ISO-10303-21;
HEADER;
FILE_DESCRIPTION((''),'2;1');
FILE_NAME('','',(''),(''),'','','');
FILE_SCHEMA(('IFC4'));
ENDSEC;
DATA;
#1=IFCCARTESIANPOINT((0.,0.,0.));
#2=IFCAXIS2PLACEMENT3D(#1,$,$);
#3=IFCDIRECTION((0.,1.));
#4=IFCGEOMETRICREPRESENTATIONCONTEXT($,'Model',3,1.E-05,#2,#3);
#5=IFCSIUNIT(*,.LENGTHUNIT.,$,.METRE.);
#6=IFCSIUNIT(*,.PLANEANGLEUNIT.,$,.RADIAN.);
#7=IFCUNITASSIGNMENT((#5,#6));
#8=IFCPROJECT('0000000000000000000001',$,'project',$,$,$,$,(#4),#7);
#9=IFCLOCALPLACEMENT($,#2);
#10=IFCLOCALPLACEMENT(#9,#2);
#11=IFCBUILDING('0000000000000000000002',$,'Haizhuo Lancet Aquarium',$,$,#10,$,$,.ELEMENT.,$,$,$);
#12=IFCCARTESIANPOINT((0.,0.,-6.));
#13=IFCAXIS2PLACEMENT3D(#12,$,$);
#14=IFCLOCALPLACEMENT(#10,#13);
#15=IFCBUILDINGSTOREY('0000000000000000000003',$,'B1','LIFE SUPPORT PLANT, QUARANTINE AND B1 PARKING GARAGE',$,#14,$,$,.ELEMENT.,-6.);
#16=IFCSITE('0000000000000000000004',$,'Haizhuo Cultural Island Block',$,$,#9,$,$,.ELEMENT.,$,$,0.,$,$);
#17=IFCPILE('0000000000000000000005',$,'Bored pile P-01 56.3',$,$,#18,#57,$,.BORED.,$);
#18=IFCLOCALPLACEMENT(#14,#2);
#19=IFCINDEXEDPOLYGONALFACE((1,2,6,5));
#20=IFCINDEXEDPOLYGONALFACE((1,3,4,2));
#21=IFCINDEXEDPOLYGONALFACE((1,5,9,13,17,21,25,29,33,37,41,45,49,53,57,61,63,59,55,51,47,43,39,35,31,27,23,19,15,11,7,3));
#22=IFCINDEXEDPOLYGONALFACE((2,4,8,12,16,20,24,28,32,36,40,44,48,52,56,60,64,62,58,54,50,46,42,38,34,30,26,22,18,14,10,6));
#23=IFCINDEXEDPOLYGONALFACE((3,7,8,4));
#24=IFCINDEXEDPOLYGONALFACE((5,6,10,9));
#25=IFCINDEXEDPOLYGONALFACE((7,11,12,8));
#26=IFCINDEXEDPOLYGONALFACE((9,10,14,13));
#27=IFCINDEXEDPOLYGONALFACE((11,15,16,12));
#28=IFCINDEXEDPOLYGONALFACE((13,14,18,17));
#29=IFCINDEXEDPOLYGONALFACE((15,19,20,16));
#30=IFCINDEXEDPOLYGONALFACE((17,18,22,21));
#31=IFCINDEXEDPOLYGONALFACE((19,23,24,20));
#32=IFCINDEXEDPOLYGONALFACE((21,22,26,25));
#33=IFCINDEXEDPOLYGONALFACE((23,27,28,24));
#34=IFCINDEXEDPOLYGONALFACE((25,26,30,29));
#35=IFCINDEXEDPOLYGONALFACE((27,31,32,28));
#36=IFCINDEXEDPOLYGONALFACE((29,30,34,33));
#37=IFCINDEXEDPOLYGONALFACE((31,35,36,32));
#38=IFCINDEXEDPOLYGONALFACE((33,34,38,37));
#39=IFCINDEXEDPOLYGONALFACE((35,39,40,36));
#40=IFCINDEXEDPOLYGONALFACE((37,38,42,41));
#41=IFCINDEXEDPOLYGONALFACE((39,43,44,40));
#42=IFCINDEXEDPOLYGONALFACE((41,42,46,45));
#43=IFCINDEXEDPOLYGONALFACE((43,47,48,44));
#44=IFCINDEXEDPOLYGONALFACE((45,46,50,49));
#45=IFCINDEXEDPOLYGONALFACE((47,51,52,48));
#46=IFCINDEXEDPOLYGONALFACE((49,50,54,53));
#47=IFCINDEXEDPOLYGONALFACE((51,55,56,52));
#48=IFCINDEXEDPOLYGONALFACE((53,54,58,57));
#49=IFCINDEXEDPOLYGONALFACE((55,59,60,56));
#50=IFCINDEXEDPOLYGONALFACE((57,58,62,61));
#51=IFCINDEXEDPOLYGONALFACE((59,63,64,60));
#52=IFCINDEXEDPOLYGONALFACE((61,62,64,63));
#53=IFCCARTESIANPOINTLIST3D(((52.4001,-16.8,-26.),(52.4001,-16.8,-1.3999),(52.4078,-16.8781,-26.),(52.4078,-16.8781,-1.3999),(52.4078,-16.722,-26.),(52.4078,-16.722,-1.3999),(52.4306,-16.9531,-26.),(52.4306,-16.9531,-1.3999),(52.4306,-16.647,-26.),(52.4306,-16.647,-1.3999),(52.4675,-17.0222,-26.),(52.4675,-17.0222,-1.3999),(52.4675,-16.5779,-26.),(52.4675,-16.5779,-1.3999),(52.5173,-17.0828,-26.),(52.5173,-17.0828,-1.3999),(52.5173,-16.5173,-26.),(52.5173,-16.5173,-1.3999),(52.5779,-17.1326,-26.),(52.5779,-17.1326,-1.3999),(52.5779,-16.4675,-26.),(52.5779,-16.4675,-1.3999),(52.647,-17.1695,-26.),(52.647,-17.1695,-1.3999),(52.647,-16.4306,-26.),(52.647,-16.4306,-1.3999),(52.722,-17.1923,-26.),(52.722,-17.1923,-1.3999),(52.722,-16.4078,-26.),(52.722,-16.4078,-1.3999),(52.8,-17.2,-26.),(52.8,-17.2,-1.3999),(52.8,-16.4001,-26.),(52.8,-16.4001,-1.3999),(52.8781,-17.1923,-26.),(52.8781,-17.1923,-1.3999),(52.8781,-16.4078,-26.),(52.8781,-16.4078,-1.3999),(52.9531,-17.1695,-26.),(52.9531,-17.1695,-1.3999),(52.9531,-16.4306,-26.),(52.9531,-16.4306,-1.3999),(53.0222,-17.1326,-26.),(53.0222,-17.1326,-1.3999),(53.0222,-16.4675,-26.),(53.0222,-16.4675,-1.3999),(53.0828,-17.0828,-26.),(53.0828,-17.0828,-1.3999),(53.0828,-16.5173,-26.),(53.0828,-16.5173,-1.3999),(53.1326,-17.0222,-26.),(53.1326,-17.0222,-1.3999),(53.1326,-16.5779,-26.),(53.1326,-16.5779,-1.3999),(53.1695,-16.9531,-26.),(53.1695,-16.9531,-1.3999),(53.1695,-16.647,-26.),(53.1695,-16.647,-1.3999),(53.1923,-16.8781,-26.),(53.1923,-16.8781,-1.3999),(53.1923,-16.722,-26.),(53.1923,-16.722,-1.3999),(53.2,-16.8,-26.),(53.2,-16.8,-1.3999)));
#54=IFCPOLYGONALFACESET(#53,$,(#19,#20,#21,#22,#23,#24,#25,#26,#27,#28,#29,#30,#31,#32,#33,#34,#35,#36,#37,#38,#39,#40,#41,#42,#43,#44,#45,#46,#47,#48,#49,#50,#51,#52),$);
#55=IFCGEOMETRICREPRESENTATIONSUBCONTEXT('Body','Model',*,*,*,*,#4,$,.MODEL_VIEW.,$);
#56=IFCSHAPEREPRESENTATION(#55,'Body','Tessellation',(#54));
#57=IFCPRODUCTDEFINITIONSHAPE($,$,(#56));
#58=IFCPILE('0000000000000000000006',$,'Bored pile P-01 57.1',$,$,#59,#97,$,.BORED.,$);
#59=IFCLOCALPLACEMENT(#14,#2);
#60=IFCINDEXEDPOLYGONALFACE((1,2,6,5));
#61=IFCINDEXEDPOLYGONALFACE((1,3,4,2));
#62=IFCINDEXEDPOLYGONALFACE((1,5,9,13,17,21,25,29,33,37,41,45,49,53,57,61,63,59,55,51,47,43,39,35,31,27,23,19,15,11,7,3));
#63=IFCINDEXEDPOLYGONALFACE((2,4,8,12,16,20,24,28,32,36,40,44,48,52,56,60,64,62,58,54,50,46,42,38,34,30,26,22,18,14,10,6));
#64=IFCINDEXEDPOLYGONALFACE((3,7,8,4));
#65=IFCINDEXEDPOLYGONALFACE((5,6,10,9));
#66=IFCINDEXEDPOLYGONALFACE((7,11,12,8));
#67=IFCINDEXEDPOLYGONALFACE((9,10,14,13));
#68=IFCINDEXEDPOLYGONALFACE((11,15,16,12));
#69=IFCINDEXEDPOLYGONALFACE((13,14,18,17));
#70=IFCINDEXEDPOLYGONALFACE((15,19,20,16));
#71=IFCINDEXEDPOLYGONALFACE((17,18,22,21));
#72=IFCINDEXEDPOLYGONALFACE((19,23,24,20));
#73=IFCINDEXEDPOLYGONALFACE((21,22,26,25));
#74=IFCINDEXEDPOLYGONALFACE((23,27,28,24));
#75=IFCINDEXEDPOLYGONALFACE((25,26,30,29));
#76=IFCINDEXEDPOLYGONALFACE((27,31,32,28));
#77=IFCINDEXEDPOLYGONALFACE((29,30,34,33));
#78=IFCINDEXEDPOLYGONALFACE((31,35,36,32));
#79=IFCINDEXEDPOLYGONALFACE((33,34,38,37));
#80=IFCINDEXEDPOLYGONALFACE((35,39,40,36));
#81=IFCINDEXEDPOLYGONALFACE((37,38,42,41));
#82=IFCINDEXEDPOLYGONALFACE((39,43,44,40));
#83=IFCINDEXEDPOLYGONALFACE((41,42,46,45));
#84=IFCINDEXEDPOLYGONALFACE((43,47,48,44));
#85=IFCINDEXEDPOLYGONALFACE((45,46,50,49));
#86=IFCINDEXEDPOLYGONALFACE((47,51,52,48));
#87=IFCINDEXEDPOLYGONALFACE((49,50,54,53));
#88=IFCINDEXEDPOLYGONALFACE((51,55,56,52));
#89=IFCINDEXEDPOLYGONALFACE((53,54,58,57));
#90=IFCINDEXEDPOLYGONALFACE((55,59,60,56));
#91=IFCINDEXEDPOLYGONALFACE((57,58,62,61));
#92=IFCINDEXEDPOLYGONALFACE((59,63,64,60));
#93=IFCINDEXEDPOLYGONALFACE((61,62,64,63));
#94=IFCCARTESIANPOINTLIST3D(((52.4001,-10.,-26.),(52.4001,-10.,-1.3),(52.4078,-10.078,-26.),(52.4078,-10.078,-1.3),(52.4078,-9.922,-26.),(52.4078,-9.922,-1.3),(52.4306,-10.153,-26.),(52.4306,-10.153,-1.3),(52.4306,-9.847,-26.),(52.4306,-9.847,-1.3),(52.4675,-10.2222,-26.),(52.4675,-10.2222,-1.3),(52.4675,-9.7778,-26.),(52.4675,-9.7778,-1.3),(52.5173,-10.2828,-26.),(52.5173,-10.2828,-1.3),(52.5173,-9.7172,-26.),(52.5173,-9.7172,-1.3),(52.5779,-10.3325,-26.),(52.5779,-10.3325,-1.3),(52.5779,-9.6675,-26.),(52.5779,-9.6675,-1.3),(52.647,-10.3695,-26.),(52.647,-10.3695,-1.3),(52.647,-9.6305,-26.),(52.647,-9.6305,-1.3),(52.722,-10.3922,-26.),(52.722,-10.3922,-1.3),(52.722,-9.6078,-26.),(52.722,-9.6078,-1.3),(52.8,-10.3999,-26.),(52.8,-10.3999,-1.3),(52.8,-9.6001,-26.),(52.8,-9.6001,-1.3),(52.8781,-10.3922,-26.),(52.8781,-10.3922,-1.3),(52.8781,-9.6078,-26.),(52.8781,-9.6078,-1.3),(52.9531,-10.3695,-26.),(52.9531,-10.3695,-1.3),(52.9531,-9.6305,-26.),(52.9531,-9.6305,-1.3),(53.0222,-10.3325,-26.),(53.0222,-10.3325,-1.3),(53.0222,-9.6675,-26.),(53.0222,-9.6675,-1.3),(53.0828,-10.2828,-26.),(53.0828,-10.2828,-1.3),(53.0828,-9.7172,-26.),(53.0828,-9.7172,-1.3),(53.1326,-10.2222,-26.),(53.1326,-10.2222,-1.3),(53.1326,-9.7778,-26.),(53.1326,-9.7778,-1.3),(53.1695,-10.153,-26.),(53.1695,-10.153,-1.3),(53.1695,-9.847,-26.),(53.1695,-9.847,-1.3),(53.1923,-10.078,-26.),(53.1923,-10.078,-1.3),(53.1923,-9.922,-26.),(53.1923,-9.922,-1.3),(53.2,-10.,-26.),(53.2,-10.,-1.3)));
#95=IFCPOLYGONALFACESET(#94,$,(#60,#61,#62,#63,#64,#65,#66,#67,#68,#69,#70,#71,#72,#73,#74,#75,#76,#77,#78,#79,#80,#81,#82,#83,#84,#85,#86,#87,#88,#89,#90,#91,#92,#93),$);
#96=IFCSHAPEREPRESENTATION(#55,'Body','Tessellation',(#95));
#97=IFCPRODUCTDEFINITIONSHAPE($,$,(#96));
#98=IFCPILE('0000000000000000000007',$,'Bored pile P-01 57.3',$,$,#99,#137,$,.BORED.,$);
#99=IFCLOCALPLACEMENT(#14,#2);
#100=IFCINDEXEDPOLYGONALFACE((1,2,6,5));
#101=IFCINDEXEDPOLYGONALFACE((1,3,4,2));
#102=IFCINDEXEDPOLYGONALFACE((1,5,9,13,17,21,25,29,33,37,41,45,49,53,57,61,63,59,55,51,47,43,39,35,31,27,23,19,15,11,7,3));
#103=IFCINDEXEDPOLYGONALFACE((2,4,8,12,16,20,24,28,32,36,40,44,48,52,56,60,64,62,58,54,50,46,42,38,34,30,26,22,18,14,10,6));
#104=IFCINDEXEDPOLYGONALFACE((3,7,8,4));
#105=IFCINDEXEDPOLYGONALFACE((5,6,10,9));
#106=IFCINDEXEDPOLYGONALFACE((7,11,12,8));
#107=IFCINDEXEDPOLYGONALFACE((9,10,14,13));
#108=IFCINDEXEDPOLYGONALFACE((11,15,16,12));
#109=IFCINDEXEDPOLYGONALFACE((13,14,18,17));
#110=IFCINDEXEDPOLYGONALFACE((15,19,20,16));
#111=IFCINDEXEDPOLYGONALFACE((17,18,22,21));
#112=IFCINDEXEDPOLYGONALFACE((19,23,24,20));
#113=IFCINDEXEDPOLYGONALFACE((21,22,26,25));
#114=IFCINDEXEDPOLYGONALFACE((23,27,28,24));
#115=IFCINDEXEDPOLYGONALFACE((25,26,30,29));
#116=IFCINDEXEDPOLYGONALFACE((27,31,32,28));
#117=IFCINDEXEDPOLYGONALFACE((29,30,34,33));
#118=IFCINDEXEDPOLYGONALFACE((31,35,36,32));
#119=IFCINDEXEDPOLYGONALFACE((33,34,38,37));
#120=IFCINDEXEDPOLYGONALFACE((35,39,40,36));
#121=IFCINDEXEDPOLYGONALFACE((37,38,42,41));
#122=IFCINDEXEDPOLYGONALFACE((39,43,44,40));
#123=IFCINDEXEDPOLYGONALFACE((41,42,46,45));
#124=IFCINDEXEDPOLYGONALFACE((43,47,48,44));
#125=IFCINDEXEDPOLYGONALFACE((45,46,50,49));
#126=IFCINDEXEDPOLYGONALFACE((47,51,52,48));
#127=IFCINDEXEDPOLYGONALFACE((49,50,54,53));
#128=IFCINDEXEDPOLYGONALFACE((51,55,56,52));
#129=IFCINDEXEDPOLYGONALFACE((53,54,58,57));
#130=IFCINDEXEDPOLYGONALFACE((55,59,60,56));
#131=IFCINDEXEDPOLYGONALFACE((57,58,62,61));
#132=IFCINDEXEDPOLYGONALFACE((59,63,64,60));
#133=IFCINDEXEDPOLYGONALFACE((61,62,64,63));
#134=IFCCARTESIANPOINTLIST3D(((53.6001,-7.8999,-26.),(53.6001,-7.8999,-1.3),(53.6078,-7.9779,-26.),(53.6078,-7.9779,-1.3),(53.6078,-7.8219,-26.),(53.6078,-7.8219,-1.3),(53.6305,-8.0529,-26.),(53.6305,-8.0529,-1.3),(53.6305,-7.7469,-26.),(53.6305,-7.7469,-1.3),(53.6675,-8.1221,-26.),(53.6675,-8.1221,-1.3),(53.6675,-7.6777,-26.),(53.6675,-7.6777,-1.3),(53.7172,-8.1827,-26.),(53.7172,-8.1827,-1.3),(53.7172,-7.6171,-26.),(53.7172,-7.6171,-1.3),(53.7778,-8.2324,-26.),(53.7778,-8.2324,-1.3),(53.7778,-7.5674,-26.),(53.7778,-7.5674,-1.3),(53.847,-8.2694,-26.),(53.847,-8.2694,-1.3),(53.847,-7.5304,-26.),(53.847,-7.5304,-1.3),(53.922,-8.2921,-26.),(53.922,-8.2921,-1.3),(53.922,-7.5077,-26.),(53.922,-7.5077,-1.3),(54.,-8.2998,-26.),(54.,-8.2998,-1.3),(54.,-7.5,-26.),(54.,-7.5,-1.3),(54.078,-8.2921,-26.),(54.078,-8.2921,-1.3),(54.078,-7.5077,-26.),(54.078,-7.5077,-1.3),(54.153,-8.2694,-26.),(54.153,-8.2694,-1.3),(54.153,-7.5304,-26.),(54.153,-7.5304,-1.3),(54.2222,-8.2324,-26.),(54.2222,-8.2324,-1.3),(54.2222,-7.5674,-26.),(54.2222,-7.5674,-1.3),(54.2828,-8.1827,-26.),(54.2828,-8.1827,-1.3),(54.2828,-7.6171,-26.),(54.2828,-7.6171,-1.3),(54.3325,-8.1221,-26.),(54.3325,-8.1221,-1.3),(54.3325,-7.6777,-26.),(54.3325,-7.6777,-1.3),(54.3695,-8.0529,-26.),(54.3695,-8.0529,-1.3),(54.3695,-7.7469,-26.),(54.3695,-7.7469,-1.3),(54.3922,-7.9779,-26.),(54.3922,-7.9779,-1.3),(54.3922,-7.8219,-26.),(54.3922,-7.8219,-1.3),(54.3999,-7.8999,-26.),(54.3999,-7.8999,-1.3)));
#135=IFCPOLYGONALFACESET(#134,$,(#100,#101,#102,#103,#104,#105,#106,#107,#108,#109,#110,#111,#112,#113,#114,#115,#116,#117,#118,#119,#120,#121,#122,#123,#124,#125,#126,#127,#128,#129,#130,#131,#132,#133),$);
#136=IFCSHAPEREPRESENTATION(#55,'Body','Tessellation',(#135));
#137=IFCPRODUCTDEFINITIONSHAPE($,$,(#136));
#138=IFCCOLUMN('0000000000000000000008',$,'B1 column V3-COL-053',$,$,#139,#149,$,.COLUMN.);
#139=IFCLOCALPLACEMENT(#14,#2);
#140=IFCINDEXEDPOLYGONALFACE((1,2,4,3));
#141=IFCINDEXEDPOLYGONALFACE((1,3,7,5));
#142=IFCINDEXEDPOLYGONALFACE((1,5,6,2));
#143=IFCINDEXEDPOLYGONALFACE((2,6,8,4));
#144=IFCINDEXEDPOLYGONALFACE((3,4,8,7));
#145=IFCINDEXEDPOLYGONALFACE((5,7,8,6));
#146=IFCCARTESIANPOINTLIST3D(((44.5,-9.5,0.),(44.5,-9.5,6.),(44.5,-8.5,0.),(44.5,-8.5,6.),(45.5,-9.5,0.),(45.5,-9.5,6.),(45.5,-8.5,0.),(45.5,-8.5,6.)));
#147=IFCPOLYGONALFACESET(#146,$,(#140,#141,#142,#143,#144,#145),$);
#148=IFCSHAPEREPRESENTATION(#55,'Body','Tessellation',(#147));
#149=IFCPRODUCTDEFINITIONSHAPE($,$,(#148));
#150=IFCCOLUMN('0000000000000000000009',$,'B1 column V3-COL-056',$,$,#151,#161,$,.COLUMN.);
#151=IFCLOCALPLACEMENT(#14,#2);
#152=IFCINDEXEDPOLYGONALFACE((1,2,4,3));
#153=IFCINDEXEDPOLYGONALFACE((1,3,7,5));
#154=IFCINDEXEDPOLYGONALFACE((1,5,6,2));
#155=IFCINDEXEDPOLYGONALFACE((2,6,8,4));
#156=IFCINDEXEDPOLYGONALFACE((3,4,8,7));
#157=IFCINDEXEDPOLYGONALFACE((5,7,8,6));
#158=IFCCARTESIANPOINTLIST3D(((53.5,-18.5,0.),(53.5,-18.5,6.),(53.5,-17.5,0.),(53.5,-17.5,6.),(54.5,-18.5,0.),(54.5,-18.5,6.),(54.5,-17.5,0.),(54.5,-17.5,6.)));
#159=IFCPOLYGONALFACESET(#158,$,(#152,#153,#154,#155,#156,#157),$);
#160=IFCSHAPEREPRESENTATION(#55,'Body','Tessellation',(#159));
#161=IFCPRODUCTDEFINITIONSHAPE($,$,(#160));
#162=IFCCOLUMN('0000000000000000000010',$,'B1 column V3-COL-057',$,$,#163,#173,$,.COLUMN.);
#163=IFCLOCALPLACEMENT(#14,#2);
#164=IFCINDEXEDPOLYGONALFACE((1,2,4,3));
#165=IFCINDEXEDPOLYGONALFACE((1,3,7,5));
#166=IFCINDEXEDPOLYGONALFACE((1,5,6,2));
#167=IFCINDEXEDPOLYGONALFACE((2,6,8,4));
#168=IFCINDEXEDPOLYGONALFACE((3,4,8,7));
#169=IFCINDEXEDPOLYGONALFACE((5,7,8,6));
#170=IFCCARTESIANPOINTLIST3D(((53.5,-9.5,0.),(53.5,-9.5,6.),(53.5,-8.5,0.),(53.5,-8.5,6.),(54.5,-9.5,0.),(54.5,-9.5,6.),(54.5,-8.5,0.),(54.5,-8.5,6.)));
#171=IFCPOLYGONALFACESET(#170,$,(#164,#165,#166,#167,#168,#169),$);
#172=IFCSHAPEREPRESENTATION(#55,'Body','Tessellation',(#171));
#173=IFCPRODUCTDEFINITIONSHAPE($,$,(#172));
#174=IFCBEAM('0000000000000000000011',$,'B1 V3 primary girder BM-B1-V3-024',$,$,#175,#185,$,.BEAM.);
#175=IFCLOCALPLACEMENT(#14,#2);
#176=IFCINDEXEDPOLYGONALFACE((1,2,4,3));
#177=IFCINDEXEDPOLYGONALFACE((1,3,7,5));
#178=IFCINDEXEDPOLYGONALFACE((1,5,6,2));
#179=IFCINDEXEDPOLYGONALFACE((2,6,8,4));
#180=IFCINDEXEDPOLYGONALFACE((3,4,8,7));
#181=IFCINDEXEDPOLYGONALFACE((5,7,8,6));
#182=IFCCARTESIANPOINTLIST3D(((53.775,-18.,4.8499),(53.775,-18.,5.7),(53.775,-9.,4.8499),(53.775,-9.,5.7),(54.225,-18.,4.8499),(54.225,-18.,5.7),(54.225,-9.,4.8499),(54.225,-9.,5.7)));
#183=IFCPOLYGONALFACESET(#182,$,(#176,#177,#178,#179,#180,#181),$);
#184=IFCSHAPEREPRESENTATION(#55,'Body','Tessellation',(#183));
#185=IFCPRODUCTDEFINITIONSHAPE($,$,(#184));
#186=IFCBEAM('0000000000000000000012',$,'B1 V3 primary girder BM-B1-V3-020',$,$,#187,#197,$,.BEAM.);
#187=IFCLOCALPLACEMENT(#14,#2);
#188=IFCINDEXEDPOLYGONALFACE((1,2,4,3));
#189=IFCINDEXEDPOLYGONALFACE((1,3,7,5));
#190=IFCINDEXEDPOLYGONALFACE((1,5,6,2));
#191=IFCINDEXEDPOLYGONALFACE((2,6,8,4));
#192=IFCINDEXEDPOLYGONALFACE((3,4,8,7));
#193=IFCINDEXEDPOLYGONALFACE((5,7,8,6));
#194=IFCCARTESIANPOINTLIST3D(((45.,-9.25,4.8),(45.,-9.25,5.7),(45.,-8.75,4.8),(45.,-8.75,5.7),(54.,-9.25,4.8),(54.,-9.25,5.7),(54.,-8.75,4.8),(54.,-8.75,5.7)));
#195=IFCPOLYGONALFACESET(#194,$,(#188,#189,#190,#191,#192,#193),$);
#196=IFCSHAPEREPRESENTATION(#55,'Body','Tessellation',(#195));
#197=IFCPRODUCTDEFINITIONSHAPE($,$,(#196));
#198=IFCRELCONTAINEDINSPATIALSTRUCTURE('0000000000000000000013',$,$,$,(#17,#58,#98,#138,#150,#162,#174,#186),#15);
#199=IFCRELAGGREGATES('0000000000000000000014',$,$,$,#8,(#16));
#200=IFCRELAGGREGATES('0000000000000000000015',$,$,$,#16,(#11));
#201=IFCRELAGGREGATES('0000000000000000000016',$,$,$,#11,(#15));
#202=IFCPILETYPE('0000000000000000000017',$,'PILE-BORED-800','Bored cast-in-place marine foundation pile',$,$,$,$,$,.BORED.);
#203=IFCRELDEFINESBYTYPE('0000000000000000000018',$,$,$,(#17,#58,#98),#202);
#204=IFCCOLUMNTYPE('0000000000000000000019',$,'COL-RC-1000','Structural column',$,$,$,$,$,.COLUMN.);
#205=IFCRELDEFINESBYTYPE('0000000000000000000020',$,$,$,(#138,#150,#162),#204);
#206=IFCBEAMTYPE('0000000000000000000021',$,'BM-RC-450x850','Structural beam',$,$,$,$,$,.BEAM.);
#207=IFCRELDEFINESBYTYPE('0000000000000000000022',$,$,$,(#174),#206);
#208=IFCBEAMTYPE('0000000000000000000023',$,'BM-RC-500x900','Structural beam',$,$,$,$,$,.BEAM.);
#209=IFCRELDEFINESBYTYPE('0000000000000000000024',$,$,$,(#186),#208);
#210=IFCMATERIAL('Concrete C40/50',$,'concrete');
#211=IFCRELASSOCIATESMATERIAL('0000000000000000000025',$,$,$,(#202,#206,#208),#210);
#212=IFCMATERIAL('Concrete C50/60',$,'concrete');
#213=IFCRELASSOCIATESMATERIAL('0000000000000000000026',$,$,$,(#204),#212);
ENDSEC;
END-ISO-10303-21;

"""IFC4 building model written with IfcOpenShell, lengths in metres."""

from ifc_helpers import new_model, si_unit, direction, frame, origin, origin_2d, place, context, subcontext, project, spatial, rectangle, circle, extrude, material, material_profile, profile_set, type_object, element, save


model = new_model("IFC4")

# Units and contexts
model_context = context("Model", 3, precision=1e-05, world=origin(), true_north=direction((0.0, 1.0)))
body_context = subcontext(model_context, "Body", "Model", "MODEL_VIEW")
ifc_project = project(units=[si_unit("LENGTHUNIT", "METRE"), si_unit("PLANEANGLEUNIT", "RADIAN")], contexts=[model_context])

# Site, building, storey
site_placement = place(None, origin())
site = spatial("IfcSite", under=ifc_project, at=site_placement, Name="Haizhuo Cultural Island Block", CompositionType="ELEMENT", RefElevation=0.0)
building_placement = place(site_placement, origin())
building = spatial("IfcBuilding", under=site, at=building_placement, Name="Haizhuo Lancet Aquarium", CompositionType="ELEMENT")
storey_placement = place(building_placement, frame((0.0, 0.0, -6.0)))
storey = spatial("IfcBuildingStorey", under=building, at=storey_placement, Name="B1", Description="LIFE SUPPORT PLANT, QUARANTINE AND B1 PARKING GARAGE", CompositionType="ELEMENT", Elevation=-6.0)

# Shared definitions
ifc_material_1 = material(Name="Concrete C40/50", Category="concrete")

# Piles
ifc_material_profile_1 = material_profile(ifc_material_1, circle(Radius=0.3999, at=origin_2d()), Name="PILE-800")
ifc_profile_set_1 = profile_set([ifc_material_profile_1], Name="Concrete C40/50")
pile_type = type_object("IfcPileType", Name="PILE-BORED-800", Description="Bored cast-in-place marine foundation pile", PredefinedType="BORED", material=ifc_profile_set_1)
for number, where, z_axis, x_axis, name in (
    (1, (52.8, -16.8, -1.3999), (0.0, 0.0, -1.0), (1.0, 0.0, 0.0), "Bored pile P-01 56.3"),
):
    element("IfcPile", number, at=place(storey_placement, frame(where, z_axis=z_axis, x_axis=x_axis)), inside=storey, type_object=pile_type, Name=name, PredefinedType="BORED", context=body_context, shape_type="SweptSolid", body=[
        extrude(circle(Radius=0.3999, at=origin_2d()), origin(), (0.0, 0.0, 1.0), 24.6001),
    ])
for number, where, z_axis, x_axis, name in (
    (2, (52.8, -10.0, -1.3), (0.0, 0.0, -1.0), (1.0, 0.0, 0.0), "Bored pile P-01 57.1"),
    (3, (54.0, -7.8999, -1.3), (0.0, 0.0, -1.0), (1.0, 0.0, 0.0), "Bored pile P-01 57.3"),
):
    element("IfcPile", number, at=place(storey_placement, frame(where, z_axis=z_axis, x_axis=x_axis)), inside=storey, type_object=pile_type, Name=name, PredefinedType="BORED", context=body_context, shape_type="SweptSolid", body=[
        extrude(circle(Radius=0.3999, at=origin_2d()), origin(), (0.0, 0.0, 1.0), 24.7),
    ])

# Columns
ifc_material_2 = material(Name="Concrete C50/60", Category="concrete")
ifc_material_profile_2 = material_profile(ifc_material_2, rectangle(XDim=1.0, YDim=1.0, at=origin_2d()), Name="RC-COL 1000x1000")
ifc_profile_set_2 = profile_set([ifc_material_profile_2], Name="Concrete C50/60")
column_type = type_object("IfcColumnType", Name="COL-RC-1000", Description="Structural column", PredefinedType="COLUMN", material=ifc_profile_set_2)
for number, where, z_axis, x_axis, name in (
    (4, (45.0, -9.0, 0.0), (0.0, 0.0, 1.0), (1.0, 0.0, 0.0), "B1 column V3-COL-053"),
    (5, (54.0, -18.0, 0.0), (0.0, 0.0, 1.0), (1.0, 0.0, 0.0), "B1 column V3-COL-056"),
    (6, (54.0, -9.0, 0.0), (0.0, 0.0, 1.0), (1.0, 0.0, 0.0), "B1 column V3-COL-057"),
):
    element("IfcColumn", number, at=place(storey_placement, frame(where, z_axis=z_axis, x_axis=x_axis)), inside=storey, type_object=column_type, Name=name, PredefinedType="COLUMN", context=body_context, shape_type="SweptSolid", body=[
        extrude(rectangle(XDim=1.0, YDim=1.0, at=origin_2d()), origin(), (0.0, 0.0, 1.0), 6.0),
    ])

# Beams
ifc_material_profile_3 = material_profile(ifc_material_1, rectangle(XDim=0.45, YDim=0.8501, at=origin_2d()), Name="RC-BM 450x850")
ifc_profile_set_3 = profile_set([ifc_material_profile_3], Name="Concrete C40/50")
beam_type_1 = type_object("IfcBeamType", Name="BM-RC-450x850", Description="Structural beam", PredefinedType="BEAM", material=ifc_profile_set_3)
beam_1_placement = place(storey_placement, frame((54.0, -18.0, 5.2749), z_axis=(0.0, 1.0, 0.0), x_axis=(-1.0, 0.0, 0.0)))
element("IfcBeam", 7, at=beam_1_placement, inside=storey, type_object=beam_type_1, Name="B1 V3 primary girder BM-B1-V3-024", PredefinedType="BEAM", context=body_context, shape_type="SweptSolid", body=[
    extrude(rectangle(XDim=0.45, YDim=0.8501, at=origin_2d()), origin(), (0.0, 0.0, 1.0), 9.0),
])
ifc_material_profile_4 = material_profile(ifc_material_1, rectangle(XDim=0.5, YDim=0.8999, at=origin_2d()), Name="RC-BM 500x900")
ifc_profile_set_4 = profile_set([ifc_material_profile_4], Name="Concrete C40/50")
beam_type_2 = type_object("IfcBeamType", Name="BM-RC-500x900", Description="Structural beam", PredefinedType="BEAM", material=ifc_profile_set_4)
for number, where, z_axis, x_axis, name in (
    (8, (45.0, -9.0, 5.25), (1.0, 0.0, 0.0), (0.0, 1.0, 0.0), "B1 V3 primary girder BM-B1-V3-020"),
):
    element("IfcBeam", number, at=place(storey_placement, frame(where, z_axis=z_axis, x_axis=x_axis)), inside=storey, type_object=beam_type_2, Name=name, PredefinedType="BEAM", context=body_context, shape_type="SweptSolid", body=[
        extrude(rectangle(XDim=0.5, YDim=0.8999, at=origin_2d()), origin(), (0.0, 0.0, 1.0), 9.0),
    ])

save(model, "model.ifc")
